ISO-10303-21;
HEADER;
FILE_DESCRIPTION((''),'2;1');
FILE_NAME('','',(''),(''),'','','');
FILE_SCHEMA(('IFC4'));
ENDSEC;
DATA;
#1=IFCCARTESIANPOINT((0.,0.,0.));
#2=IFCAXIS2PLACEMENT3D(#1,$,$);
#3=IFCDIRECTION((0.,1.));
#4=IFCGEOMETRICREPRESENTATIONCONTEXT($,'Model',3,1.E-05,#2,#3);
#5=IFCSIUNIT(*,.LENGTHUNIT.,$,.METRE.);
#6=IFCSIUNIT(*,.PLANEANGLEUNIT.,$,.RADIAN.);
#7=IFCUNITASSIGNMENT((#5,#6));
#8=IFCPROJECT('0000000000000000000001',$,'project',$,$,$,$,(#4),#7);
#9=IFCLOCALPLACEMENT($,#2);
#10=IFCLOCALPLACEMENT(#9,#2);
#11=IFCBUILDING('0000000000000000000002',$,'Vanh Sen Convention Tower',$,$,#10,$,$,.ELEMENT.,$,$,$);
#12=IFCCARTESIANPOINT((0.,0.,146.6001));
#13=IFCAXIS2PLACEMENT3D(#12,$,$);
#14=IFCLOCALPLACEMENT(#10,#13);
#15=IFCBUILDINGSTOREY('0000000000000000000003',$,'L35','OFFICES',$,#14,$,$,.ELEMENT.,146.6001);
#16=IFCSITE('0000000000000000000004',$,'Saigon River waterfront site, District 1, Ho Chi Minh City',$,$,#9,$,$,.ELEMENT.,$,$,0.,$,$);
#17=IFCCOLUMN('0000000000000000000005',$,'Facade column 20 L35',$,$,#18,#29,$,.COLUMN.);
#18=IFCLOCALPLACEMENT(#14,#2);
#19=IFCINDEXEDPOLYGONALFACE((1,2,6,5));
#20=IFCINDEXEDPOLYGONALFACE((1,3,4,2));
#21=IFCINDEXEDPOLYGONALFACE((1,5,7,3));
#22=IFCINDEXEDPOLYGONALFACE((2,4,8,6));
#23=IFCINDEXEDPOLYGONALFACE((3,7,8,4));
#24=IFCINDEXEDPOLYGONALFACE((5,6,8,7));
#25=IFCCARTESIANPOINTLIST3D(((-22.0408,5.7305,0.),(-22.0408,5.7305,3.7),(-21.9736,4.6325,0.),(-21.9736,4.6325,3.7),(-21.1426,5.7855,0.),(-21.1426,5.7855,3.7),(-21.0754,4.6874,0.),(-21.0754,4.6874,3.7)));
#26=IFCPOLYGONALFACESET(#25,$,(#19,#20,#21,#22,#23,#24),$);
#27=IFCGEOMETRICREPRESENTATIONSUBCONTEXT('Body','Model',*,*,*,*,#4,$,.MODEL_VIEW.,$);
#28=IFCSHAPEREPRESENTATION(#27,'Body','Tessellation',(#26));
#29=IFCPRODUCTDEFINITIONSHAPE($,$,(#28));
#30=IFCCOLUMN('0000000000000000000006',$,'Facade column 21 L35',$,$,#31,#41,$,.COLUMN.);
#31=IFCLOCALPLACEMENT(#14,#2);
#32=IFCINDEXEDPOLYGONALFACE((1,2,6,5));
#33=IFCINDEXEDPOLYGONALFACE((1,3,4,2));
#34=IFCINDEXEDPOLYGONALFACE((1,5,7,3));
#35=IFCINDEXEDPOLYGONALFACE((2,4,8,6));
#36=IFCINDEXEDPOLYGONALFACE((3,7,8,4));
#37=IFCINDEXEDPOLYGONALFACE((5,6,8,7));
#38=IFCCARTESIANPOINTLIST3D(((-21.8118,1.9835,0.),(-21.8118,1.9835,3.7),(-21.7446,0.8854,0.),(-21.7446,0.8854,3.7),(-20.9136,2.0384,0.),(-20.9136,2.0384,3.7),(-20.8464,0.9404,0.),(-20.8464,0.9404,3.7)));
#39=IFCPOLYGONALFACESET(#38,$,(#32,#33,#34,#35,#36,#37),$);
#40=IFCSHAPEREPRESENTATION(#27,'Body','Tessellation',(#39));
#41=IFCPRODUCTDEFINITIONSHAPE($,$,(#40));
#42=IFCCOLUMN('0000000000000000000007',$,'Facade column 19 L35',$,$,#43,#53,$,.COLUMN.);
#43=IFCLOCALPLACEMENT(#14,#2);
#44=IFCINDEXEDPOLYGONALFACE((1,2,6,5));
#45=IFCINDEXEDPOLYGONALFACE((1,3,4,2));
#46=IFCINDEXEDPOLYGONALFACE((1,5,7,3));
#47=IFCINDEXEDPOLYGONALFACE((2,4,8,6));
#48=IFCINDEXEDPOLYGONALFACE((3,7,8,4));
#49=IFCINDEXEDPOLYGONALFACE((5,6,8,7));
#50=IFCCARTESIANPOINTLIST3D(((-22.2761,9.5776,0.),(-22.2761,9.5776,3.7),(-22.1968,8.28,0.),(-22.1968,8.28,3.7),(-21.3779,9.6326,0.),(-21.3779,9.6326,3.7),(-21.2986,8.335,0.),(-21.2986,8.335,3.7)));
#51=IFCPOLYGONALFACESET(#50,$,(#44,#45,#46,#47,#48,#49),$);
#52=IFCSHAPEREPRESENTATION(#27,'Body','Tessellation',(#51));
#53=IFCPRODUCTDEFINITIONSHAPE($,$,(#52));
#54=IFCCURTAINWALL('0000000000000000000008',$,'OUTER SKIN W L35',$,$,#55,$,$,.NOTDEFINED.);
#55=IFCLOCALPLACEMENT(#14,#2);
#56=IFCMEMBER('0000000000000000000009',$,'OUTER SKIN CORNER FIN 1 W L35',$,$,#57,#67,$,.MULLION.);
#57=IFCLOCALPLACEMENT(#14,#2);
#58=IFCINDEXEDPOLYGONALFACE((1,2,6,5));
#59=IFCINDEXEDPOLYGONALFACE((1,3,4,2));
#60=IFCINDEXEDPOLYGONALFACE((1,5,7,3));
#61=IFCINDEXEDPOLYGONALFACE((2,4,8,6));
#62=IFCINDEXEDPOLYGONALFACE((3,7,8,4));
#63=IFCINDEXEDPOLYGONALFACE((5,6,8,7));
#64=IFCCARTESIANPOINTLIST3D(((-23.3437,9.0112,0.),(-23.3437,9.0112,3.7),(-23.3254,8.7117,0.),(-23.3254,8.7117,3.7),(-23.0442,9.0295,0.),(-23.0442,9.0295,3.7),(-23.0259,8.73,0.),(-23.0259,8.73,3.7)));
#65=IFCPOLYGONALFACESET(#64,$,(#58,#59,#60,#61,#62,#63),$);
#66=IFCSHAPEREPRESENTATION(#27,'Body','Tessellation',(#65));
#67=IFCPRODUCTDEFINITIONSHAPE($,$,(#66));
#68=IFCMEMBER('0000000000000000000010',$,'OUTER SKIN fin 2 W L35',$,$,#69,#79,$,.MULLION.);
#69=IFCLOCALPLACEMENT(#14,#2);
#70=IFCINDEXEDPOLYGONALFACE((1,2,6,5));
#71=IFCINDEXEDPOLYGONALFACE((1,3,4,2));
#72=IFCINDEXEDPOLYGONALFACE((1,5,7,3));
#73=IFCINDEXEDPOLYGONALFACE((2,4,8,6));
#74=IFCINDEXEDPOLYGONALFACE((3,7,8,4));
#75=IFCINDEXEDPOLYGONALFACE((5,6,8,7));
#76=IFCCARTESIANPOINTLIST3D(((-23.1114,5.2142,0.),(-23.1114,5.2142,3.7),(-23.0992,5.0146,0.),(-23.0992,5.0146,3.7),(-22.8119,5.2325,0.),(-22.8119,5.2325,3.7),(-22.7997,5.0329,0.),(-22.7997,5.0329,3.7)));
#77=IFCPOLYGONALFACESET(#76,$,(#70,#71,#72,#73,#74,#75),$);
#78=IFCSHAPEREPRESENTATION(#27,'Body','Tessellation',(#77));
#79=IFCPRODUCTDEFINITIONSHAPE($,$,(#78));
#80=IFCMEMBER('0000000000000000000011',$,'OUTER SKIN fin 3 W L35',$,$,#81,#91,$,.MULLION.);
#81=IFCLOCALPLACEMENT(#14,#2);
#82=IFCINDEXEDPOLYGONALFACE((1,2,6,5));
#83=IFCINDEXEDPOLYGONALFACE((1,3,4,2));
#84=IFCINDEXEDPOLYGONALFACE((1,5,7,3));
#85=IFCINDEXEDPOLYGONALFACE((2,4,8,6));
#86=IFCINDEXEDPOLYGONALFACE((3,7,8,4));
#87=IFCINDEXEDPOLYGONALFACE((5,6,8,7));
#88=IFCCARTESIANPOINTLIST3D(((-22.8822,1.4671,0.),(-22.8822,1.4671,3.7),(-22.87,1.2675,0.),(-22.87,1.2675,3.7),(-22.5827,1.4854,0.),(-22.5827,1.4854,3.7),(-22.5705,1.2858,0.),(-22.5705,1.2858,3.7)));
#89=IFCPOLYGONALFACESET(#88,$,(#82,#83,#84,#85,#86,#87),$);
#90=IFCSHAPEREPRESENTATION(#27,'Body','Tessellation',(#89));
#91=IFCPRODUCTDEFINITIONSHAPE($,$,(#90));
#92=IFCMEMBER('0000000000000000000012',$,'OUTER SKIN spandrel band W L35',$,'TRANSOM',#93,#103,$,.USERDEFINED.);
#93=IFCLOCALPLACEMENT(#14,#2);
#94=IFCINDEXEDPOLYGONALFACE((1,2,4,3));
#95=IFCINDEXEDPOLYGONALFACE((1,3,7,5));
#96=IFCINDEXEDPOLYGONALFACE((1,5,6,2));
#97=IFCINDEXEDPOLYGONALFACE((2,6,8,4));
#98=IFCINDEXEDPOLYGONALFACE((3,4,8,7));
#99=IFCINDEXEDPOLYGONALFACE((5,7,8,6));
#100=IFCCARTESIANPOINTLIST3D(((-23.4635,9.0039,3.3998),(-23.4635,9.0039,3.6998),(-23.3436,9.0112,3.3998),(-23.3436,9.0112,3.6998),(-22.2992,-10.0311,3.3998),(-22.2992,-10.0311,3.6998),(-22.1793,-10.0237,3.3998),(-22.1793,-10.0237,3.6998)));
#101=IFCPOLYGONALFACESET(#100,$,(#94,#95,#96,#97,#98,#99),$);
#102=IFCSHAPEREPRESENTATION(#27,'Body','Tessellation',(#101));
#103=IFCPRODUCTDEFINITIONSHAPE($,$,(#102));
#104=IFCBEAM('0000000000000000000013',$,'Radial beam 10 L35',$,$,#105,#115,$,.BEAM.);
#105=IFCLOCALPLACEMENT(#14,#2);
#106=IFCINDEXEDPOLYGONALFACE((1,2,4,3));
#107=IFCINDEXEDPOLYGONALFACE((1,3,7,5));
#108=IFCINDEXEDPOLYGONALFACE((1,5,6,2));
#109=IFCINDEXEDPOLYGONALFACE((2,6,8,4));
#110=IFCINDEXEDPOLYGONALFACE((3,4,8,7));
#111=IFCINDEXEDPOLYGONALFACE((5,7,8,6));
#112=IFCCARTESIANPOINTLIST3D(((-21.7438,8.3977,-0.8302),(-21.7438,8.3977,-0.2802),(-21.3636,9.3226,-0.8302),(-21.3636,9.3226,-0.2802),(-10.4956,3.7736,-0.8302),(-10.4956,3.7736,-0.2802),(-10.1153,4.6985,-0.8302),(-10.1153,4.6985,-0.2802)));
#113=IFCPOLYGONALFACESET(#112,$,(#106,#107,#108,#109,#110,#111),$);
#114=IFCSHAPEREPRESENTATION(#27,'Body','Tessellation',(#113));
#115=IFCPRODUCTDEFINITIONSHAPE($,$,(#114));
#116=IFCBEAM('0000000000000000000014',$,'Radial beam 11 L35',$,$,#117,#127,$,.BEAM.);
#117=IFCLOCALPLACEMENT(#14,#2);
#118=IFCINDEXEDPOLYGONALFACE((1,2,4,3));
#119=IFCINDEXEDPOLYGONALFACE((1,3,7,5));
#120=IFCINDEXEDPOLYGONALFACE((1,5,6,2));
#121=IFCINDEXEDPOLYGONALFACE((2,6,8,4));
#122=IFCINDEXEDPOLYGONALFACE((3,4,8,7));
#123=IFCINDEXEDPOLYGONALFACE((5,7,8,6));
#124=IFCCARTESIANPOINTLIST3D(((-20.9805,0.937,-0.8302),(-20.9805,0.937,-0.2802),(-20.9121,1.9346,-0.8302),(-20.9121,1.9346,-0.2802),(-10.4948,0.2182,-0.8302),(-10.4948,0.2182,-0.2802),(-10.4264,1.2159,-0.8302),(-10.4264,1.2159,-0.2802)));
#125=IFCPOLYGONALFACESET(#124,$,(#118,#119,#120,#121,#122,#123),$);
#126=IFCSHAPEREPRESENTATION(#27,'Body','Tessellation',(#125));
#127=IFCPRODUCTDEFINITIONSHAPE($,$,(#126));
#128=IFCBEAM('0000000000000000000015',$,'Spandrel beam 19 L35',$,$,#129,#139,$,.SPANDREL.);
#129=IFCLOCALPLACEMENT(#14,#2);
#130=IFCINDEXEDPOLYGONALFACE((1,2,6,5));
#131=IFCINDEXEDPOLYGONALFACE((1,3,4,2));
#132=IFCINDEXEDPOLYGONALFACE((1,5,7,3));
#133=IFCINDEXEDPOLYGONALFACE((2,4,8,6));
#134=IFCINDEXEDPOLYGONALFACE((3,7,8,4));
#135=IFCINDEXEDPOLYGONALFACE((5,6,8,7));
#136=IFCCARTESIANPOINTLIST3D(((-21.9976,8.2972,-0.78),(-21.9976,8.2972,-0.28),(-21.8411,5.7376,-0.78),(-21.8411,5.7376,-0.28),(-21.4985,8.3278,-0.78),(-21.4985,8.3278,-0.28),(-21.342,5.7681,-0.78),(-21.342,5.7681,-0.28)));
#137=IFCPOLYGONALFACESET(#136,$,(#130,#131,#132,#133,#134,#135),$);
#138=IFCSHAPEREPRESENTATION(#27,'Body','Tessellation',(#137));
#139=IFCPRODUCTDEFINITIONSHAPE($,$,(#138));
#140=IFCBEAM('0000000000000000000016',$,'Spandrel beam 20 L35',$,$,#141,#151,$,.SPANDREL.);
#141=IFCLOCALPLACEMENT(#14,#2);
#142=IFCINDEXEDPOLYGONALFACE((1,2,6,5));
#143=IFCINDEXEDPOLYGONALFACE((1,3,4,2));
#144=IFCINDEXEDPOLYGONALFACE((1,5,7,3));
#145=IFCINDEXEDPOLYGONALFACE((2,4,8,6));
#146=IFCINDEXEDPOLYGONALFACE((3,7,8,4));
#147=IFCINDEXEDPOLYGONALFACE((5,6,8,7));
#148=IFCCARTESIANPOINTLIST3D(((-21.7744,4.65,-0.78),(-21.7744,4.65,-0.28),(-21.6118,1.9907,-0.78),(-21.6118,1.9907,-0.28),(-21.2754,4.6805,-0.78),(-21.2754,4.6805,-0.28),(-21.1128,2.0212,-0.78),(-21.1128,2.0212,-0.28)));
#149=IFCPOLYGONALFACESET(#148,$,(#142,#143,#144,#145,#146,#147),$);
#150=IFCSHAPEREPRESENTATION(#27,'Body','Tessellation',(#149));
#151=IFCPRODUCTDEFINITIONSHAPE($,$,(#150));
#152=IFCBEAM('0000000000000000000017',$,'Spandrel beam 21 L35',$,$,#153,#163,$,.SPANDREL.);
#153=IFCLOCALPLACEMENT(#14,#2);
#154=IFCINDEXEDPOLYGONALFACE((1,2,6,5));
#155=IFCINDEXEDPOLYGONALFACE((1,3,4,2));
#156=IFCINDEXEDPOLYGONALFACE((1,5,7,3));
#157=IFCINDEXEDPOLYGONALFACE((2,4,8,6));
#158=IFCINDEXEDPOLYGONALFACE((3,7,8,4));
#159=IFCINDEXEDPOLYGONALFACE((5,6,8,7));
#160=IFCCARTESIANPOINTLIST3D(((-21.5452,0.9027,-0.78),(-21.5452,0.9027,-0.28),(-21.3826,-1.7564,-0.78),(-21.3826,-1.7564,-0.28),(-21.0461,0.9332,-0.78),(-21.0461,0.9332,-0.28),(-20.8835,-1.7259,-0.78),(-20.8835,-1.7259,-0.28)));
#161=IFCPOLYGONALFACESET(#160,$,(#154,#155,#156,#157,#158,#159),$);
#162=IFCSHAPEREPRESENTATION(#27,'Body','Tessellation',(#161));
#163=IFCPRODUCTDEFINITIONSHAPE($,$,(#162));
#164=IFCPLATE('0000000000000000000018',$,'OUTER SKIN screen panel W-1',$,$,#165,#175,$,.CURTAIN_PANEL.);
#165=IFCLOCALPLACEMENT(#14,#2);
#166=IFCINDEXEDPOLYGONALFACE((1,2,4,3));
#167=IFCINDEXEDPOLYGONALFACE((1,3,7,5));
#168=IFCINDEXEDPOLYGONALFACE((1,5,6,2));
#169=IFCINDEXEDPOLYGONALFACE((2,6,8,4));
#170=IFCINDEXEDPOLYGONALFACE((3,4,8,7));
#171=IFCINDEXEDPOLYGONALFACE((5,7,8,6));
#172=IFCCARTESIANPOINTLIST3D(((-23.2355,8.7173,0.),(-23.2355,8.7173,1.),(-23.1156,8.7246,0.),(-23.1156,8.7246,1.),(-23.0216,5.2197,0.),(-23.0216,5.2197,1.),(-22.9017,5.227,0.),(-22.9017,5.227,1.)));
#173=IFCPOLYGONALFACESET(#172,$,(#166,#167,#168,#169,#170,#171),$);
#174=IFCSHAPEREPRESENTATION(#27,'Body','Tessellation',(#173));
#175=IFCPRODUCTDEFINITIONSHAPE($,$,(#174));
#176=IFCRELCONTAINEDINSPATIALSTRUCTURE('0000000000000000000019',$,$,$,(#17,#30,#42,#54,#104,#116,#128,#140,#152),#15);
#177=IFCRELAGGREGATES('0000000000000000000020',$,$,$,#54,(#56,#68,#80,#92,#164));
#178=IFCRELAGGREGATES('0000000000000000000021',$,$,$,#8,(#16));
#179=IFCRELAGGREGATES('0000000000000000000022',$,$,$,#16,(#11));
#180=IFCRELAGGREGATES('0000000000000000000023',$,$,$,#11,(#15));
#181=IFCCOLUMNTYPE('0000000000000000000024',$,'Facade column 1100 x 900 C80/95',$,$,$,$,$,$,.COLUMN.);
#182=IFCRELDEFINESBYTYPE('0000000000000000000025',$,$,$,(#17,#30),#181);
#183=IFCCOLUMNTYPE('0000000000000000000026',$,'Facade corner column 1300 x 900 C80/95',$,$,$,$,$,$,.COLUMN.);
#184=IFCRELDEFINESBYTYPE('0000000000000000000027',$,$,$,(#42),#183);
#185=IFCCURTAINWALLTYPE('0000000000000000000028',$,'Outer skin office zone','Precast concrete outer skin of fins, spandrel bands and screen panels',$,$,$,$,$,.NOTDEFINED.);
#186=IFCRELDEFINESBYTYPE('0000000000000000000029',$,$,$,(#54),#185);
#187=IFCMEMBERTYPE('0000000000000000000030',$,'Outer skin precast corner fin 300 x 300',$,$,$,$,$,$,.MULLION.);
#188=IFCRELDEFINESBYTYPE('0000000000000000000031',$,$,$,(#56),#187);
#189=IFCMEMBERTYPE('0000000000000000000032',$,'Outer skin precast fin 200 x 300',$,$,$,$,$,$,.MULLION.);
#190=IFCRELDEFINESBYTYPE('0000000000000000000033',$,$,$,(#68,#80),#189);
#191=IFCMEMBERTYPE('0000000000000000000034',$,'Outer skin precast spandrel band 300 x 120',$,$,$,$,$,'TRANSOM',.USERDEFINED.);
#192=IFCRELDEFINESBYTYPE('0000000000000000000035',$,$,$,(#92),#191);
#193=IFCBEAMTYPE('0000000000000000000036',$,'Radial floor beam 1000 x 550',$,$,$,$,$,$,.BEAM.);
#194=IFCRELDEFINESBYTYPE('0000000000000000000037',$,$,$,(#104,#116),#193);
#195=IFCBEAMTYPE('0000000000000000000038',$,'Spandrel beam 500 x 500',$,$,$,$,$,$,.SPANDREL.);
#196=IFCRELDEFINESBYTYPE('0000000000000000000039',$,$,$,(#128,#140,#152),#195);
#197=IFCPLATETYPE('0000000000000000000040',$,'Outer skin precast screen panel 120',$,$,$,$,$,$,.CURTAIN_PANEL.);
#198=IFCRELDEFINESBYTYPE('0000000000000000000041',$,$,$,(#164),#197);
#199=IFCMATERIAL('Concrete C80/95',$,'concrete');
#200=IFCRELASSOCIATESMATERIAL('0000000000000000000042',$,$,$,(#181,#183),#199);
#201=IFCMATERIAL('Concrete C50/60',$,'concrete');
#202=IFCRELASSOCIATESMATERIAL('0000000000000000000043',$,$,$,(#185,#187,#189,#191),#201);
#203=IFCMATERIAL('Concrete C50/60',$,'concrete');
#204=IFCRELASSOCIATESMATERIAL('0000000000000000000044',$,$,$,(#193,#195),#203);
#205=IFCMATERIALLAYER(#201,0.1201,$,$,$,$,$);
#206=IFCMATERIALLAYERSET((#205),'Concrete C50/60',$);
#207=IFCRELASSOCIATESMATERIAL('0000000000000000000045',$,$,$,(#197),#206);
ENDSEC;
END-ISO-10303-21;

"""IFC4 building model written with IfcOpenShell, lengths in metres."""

from ifc_helpers import new_model, si_unit, direction, frame, origin, origin_2d, place, context, subcontext, project, spatial, rectangle, extrude, material, layer, layer_set, material_profile, profile_set, type_object, element, aggregate, save


model = new_model("IFC4")

# Units and contexts
model_context = context("Model", 3, precision=1e-05, world=origin(), true_north=direction((0.0, 1.0)))
body_context = subcontext(model_context, "Body", "Model", "MODEL_VIEW")
ifc_project = project(units=[si_unit("LENGTHUNIT", "METRE"), si_unit("PLANEANGLEUNIT", "RADIAN")], contexts=[model_context])

# Site, building, storey
site_placement = place(None, origin())
site = spatial("IfcSite", under=ifc_project, at=site_placement, Name="Saigon River waterfront site, District 1, Ho Chi Minh City", CompositionType="ELEMENT", RefElevation=0.0)
building_placement = place(site_placement, origin())
building = spatial("IfcBuilding", under=site, at=building_placement, Name="Vanh Sen Convention Tower", CompositionType="ELEMENT")
storey_placement = place(building_placement, frame((0.0, 0.0, 146.6001)))
storey = spatial("IfcBuildingStorey", under=building, at=storey_placement, Name="L35", Description="OFFICES", CompositionType="ELEMENT", Elevation=146.6001)

# Columns
ifc_material_1 = material(Name="Concrete C80/95", Category="concrete")
ifc_material_profile_1 = material_profile(ifc_material_1, rectangle(XDim=1.1001, YDim=0.8999, at=origin_2d()), Name="RC 1100X900")
ifc_profile_set_1 = profile_set([ifc_material_profile_1], Name="Concrete C80/95")
column_type_1 = type_object("IfcColumnType", Name="Facade column 1100 x 900 C80/95", PredefinedType="COLUMN", material=ifc_profile_set_1)
for number, where, z_axis, x_axis, name in (
    (1, (-21.5581, 5.209, 0.0), (0.0, 0.0, 1.0), (0.061049, -0.998135, 0.0), "Facade column 20 L35"),
    (2, (-21.3291, 1.4619, 0.0), (0.0, 0.0, 1.0), (0.061049, -0.998135, 0.0), "Facade column 21 L35"),
):
    element("IfcColumn", number, at=place(storey_placement, frame(where, z_axis=z_axis, x_axis=x_axis)), inside=storey, type_object=column_type_1, Name=name, PredefinedType="COLUMN", context=body_context, shape_type="SweptSolid", body=[
        extrude(rectangle(XDim=1.1001, YDim=0.8999, at=origin_2d()), origin(), (0.0, 0.0, 1.0), 3.7),
    ])
ifc_material_profile_2 = material_profile(ifc_material_1, rectangle(XDim=1.3, YDim=0.8999, at=origin_2d()), Name="RC 1300X900")
ifc_profile_set_2 = profile_set([ifc_material_profile_2], Name="Concrete C80/95")
column_type_2 = type_object("IfcColumnType", Name="Facade corner column 1300 x 900 C80/95", PredefinedType="COLUMN", material=ifc_profile_set_2)
column_placement = place(storey_placement, frame((-21.7874, 8.9563, 0.0), z_axis=(0.0, 0.0, 1.0), x_axis=(0.061049, -0.998135, 0.0)))
element("IfcColumn", 3, at=column_placement, inside=storey, type_object=column_type_2, Name="Facade column 19 L35", PredefinedType="COLUMN", context=body_context, shape_type="SweptSolid", body=[
    extrude(rectangle(XDim=1.3, YDim=0.8999, at=origin_2d()), origin(), (0.0, 0.0, 1.0), 3.7),
])

# Curtain wall, members
ifc_material_2 = material(Name="Concrete C50/60", Category="concrete")
curtain_wall_type = type_object("IfcCurtainWallType", Name="Outer skin office zone", Description="Precast concrete outer skin of fins, spandrel bands and screen panels", PredefinedType="NOTDEFINED", material=ifc_material_2)
curtain_wall_placement = place(storey_placement, origin())
curtain_wall = element("IfcCurtainWall", 4, at=curtain_wall_placement, inside=storey, type_object=curtain_wall_type, Name="OUTER SKIN W L35", PredefinedType="NOTDEFINED")
ifc_material_profile_3 = material_profile(ifc_material_2, rectangle(XDim=0.3, YDim=0.3, at=origin_2d()), Name="Outer skin precast corner fin 300 x 300")
ifc_profile_set_3 = profile_set([ifc_material_profile_3], Name="Concrete C50/60")
member_type_1 = type_object("IfcMemberType", Name="Outer skin precast corner fin 300 x 300", PredefinedType="MULLION", material=ifc_profile_set_3)
member_1_placement = place(storey_placement, frame((-23.1848, 8.8706, 0.0), z_axis=(0.0, 0.0, 1.0), x_axis=(0.061049, -0.998135, 0.0)))
member_1 = element("IfcMember", 5, at=member_1_placement, type_object=member_type_1, Name="OUTER SKIN CORNER FIN 1 W L35", PredefinedType="MULLION", context=body_context, shape_type="SweptSolid", body=[
    extrude(rectangle(XDim=0.3, YDim=0.3, at=origin_2d()), origin(), (0.0, 0.0, 1.0), 3.7),
])
ifc_material_profile_4 = material_profile(ifc_material_2, rectangle(XDim=0.2, YDim=0.3, at=origin_2d()), Name="Outer skin precast fin 200 x 300")
ifc_profile_set_4 = profile_set([ifc_material_profile_4], Name="Concrete C50/60")
member_type_2 = type_object("IfcMemberType", Name="Outer skin precast fin 200 x 300", PredefinedType="MULLION", material=ifc_profile_set_4)
member_2_placement = place(storey_placement, frame((-22.9556, 5.1235, 0.0), z_axis=(0.0, 0.0, 1.0), x_axis=(0.061049, -0.998135, 0.0)))
member_2 = element("IfcMember", 6, at=member_2_placement, type_object=member_type_2, Name="OUTER SKIN fin 2 W L35", PredefinedType="MULLION", context=body_context, shape_type="SweptSolid", body=[
    extrude(rectangle(XDim=0.2, YDim=0.3, at=origin_2d()), origin(), (0.0, 0.0, 1.0), 3.7),
])
member_3_placement = place(storey_placement, frame((-22.7263, 1.3765, 0.0), z_axis=(0.0, 0.0, 1.0), x_axis=(0.061049, -0.998135, 0.0)))
member_3 = element("IfcMember", 7, at=member_3_placement, type_object=member_type_2, Name="OUTER SKIN fin 3 W L35", PredefinedType="MULLION", context=body_context, shape_type="SweptSolid", body=[
    extrude(rectangle(XDim=0.2, YDim=0.3, at=origin_2d()), origin(), (0.0, 0.0, 1.0), 3.7),
])
ifc_material_profile_5 = material_profile(ifc_material_2, rectangle(XDim=0.1201, YDim=0.3, at=origin_2d()), Name="Outer skin precast spandrel band 300 x 120")
ifc_profile_set_5 = profile_set([ifc_material_profile_5], Name="Concrete C50/60")
member_type_3 = type_object("IfcMemberType", Name="Outer skin precast spandrel band 300 x 120", ElementType="TRANSOM", PredefinedType="USERDEFINED", material=ifc_profile_set_5)
member_4_placement = place(storey_placement, frame((-23.4036, 9.0076, 3.5498), z_axis=(0.061053, -0.998135, 0.0), x_axis=(0.998135, 0.061053, 0.0)))
member_4 = element("IfcMember", 8, at=member_4_placement, type_object=member_type_3, Name="OUTER SKIN spandrel band W L35", ObjectType="TRANSOM", PredefinedType="USERDEFINED", context=body_context, shape_type="SweptSolid", body=[
    extrude(rectangle(XDim=0.1201, YDim=0.3, at=origin_2d()), origin(), (0.0, 0.0, 1.0), 19.0706),
])

# Beams
ifc_material_3 = material(Name="Concrete C50/60", Category="concrete")
ifc_material_profile_6 = material_profile(ifc_material_3, rectangle(XDim=1.0, YDim=0.55, at=origin_2d()), Name="RC 1000X550")
ifc_profile_set_6 = profile_set([ifc_material_profile_6], Name="Concrete C50/60")
beam_type_1 = type_object("IfcBeamType", Name="Radial floor beam 1000 x 550", PredefinedType="BEAM", material=ifc_profile_set_6)
beam_1_placement = place(storey_placement, frame((-21.5537, 8.8601, -0.5552), z_axis=(0.924899, -0.380214, 0.0), x_axis=(0.380214, 0.924899, 0.0)))
element("IfcBeam", 9, at=beam_1_placement, inside=storey, type_object=beam_type_1, Name="Radial beam 10 L35", PredefinedType="BEAM", context=body_context, shape_type="SweptSolid", body=[
    extrude(rectangle(XDim=1.0, YDim=0.55, at=origin_2d()), origin(), (0.0, 0.0, 1.0), 12.1616),
])
beam_2_placement = place(storey_placement, frame((-20.9463, 1.4358, -0.5552), z_axis=(0.997659, -0.068386, 0.0), x_axis=(0.068386, 0.997659, 0.0)))
element("IfcBeam", 10, at=beam_2_placement, inside=storey, type_object=beam_type_1, Name="Radial beam 11 L35", PredefinedType="BEAM", context=body_context, shape_type="SweptSolid", body=[
    extrude(rectangle(XDim=1.0, YDim=0.55, at=origin_2d()), origin(), (0.0, 0.0, 1.0), 10.5103),
])
ifc_material_profile_7 = material_profile(ifc_material_3, rectangle(XDim=0.5, YDim=0.5, at=origin_2d()), Name="RC 500X500")
ifc_profile_set_7 = profile_set([ifc_material_profile_7], Name="Concrete C50/60")
beam_type_2 = type_object("IfcBeamType", Name="Spandrel beam 500 x 500", PredefinedType="SPANDREL", material=ifc_profile_set_7)
beam_3_placement = place(storey_placement, frame((-21.748, 8.3125, -0.53), z_axis=(0.061027, -0.998136, 0.0), x_axis=(0.998136, 0.061027, 0.0)))
element("IfcBeam", 11, at=beam_3_placement, inside=storey, type_object=beam_type_2, Name="Spandrel beam 19 L35", PredefinedType="SPANDREL", context=body_context, shape_type="SweptSolid", body=[
    extrude(rectangle(XDim=0.5, YDim=0.5, at=origin_2d()), origin(), (0.0, 0.0, 1.0), 2.5645),
])
beam_4_placement = place(storey_placement, frame((-21.5249, 4.6653, -0.53), z_axis=(0.061026, -0.998136, 0.0), x_axis=(0.998136, 0.061026, 0.0)))
element("IfcBeam", 12, at=beam_4_placement, inside=storey, type_object=beam_type_2, Name="Spandrel beam 20 L35", PredefinedType="SPANDREL", context=body_context, shape_type="SweptSolid", body=[
    extrude(rectangle(XDim=0.5, YDim=0.5, at=origin_2d()), origin(), (0.0, 0.0, 1.0), 2.6643),
])
beam_5_placement = place(storey_placement, frame((-21.2957, 0.918, -0.53), z_axis=(0.061032, -0.998136, 0.0), x_axis=(0.998136, 0.061032, 0.0)))
element("IfcBeam", 13, at=beam_5_placement, inside=storey, type_object=beam_type_2, Name="Spandrel beam 21 L35", PredefinedType="SPANDREL", context=body_context, shape_type="SweptSolid", body=[
    extrude(rectangle(XDim=0.5, YDim=0.5, at=origin_2d()), origin(), (0.0, 0.0, 1.0), 2.6641),
])

# Plate
ifc_layer_1 = layer(ifc_material_2, 0.1201)
ifc_layer_set_1 = layer_set([ifc_layer_1], Name="Concrete C50/60")
plate_type = type_object("IfcPlateType", Name="Outer skin precast screen panel 120", PredefinedType="CURTAIN_PANEL", material=ifc_layer_set_1)
plate_1_placement = place(storey_placement, frame((-23.0686, 6.9722, 0.0), z_axis=(0.0, 0.0, 1.0), x_axis=(0.061054, -0.998134, 0.0)))
plate_1 = element("IfcPlate", 14, at=plate_1_placement, type_object=plate_type, Name="OUTER SKIN screen panel W-1", PredefinedType="CURTAIN_PANEL", context=body_context, shape_type="SweptSolid", body=[
    extrude(rectangle(XDim=3.5042, YDim=0.1201, at=origin_2d()), origin(), (0.0, 0.0, 1.0), 1.0),
])
aggregate(curtain_wall, [member_1, member_2, member_3, member_4, plate_1])

save(model, "model.ifc")
